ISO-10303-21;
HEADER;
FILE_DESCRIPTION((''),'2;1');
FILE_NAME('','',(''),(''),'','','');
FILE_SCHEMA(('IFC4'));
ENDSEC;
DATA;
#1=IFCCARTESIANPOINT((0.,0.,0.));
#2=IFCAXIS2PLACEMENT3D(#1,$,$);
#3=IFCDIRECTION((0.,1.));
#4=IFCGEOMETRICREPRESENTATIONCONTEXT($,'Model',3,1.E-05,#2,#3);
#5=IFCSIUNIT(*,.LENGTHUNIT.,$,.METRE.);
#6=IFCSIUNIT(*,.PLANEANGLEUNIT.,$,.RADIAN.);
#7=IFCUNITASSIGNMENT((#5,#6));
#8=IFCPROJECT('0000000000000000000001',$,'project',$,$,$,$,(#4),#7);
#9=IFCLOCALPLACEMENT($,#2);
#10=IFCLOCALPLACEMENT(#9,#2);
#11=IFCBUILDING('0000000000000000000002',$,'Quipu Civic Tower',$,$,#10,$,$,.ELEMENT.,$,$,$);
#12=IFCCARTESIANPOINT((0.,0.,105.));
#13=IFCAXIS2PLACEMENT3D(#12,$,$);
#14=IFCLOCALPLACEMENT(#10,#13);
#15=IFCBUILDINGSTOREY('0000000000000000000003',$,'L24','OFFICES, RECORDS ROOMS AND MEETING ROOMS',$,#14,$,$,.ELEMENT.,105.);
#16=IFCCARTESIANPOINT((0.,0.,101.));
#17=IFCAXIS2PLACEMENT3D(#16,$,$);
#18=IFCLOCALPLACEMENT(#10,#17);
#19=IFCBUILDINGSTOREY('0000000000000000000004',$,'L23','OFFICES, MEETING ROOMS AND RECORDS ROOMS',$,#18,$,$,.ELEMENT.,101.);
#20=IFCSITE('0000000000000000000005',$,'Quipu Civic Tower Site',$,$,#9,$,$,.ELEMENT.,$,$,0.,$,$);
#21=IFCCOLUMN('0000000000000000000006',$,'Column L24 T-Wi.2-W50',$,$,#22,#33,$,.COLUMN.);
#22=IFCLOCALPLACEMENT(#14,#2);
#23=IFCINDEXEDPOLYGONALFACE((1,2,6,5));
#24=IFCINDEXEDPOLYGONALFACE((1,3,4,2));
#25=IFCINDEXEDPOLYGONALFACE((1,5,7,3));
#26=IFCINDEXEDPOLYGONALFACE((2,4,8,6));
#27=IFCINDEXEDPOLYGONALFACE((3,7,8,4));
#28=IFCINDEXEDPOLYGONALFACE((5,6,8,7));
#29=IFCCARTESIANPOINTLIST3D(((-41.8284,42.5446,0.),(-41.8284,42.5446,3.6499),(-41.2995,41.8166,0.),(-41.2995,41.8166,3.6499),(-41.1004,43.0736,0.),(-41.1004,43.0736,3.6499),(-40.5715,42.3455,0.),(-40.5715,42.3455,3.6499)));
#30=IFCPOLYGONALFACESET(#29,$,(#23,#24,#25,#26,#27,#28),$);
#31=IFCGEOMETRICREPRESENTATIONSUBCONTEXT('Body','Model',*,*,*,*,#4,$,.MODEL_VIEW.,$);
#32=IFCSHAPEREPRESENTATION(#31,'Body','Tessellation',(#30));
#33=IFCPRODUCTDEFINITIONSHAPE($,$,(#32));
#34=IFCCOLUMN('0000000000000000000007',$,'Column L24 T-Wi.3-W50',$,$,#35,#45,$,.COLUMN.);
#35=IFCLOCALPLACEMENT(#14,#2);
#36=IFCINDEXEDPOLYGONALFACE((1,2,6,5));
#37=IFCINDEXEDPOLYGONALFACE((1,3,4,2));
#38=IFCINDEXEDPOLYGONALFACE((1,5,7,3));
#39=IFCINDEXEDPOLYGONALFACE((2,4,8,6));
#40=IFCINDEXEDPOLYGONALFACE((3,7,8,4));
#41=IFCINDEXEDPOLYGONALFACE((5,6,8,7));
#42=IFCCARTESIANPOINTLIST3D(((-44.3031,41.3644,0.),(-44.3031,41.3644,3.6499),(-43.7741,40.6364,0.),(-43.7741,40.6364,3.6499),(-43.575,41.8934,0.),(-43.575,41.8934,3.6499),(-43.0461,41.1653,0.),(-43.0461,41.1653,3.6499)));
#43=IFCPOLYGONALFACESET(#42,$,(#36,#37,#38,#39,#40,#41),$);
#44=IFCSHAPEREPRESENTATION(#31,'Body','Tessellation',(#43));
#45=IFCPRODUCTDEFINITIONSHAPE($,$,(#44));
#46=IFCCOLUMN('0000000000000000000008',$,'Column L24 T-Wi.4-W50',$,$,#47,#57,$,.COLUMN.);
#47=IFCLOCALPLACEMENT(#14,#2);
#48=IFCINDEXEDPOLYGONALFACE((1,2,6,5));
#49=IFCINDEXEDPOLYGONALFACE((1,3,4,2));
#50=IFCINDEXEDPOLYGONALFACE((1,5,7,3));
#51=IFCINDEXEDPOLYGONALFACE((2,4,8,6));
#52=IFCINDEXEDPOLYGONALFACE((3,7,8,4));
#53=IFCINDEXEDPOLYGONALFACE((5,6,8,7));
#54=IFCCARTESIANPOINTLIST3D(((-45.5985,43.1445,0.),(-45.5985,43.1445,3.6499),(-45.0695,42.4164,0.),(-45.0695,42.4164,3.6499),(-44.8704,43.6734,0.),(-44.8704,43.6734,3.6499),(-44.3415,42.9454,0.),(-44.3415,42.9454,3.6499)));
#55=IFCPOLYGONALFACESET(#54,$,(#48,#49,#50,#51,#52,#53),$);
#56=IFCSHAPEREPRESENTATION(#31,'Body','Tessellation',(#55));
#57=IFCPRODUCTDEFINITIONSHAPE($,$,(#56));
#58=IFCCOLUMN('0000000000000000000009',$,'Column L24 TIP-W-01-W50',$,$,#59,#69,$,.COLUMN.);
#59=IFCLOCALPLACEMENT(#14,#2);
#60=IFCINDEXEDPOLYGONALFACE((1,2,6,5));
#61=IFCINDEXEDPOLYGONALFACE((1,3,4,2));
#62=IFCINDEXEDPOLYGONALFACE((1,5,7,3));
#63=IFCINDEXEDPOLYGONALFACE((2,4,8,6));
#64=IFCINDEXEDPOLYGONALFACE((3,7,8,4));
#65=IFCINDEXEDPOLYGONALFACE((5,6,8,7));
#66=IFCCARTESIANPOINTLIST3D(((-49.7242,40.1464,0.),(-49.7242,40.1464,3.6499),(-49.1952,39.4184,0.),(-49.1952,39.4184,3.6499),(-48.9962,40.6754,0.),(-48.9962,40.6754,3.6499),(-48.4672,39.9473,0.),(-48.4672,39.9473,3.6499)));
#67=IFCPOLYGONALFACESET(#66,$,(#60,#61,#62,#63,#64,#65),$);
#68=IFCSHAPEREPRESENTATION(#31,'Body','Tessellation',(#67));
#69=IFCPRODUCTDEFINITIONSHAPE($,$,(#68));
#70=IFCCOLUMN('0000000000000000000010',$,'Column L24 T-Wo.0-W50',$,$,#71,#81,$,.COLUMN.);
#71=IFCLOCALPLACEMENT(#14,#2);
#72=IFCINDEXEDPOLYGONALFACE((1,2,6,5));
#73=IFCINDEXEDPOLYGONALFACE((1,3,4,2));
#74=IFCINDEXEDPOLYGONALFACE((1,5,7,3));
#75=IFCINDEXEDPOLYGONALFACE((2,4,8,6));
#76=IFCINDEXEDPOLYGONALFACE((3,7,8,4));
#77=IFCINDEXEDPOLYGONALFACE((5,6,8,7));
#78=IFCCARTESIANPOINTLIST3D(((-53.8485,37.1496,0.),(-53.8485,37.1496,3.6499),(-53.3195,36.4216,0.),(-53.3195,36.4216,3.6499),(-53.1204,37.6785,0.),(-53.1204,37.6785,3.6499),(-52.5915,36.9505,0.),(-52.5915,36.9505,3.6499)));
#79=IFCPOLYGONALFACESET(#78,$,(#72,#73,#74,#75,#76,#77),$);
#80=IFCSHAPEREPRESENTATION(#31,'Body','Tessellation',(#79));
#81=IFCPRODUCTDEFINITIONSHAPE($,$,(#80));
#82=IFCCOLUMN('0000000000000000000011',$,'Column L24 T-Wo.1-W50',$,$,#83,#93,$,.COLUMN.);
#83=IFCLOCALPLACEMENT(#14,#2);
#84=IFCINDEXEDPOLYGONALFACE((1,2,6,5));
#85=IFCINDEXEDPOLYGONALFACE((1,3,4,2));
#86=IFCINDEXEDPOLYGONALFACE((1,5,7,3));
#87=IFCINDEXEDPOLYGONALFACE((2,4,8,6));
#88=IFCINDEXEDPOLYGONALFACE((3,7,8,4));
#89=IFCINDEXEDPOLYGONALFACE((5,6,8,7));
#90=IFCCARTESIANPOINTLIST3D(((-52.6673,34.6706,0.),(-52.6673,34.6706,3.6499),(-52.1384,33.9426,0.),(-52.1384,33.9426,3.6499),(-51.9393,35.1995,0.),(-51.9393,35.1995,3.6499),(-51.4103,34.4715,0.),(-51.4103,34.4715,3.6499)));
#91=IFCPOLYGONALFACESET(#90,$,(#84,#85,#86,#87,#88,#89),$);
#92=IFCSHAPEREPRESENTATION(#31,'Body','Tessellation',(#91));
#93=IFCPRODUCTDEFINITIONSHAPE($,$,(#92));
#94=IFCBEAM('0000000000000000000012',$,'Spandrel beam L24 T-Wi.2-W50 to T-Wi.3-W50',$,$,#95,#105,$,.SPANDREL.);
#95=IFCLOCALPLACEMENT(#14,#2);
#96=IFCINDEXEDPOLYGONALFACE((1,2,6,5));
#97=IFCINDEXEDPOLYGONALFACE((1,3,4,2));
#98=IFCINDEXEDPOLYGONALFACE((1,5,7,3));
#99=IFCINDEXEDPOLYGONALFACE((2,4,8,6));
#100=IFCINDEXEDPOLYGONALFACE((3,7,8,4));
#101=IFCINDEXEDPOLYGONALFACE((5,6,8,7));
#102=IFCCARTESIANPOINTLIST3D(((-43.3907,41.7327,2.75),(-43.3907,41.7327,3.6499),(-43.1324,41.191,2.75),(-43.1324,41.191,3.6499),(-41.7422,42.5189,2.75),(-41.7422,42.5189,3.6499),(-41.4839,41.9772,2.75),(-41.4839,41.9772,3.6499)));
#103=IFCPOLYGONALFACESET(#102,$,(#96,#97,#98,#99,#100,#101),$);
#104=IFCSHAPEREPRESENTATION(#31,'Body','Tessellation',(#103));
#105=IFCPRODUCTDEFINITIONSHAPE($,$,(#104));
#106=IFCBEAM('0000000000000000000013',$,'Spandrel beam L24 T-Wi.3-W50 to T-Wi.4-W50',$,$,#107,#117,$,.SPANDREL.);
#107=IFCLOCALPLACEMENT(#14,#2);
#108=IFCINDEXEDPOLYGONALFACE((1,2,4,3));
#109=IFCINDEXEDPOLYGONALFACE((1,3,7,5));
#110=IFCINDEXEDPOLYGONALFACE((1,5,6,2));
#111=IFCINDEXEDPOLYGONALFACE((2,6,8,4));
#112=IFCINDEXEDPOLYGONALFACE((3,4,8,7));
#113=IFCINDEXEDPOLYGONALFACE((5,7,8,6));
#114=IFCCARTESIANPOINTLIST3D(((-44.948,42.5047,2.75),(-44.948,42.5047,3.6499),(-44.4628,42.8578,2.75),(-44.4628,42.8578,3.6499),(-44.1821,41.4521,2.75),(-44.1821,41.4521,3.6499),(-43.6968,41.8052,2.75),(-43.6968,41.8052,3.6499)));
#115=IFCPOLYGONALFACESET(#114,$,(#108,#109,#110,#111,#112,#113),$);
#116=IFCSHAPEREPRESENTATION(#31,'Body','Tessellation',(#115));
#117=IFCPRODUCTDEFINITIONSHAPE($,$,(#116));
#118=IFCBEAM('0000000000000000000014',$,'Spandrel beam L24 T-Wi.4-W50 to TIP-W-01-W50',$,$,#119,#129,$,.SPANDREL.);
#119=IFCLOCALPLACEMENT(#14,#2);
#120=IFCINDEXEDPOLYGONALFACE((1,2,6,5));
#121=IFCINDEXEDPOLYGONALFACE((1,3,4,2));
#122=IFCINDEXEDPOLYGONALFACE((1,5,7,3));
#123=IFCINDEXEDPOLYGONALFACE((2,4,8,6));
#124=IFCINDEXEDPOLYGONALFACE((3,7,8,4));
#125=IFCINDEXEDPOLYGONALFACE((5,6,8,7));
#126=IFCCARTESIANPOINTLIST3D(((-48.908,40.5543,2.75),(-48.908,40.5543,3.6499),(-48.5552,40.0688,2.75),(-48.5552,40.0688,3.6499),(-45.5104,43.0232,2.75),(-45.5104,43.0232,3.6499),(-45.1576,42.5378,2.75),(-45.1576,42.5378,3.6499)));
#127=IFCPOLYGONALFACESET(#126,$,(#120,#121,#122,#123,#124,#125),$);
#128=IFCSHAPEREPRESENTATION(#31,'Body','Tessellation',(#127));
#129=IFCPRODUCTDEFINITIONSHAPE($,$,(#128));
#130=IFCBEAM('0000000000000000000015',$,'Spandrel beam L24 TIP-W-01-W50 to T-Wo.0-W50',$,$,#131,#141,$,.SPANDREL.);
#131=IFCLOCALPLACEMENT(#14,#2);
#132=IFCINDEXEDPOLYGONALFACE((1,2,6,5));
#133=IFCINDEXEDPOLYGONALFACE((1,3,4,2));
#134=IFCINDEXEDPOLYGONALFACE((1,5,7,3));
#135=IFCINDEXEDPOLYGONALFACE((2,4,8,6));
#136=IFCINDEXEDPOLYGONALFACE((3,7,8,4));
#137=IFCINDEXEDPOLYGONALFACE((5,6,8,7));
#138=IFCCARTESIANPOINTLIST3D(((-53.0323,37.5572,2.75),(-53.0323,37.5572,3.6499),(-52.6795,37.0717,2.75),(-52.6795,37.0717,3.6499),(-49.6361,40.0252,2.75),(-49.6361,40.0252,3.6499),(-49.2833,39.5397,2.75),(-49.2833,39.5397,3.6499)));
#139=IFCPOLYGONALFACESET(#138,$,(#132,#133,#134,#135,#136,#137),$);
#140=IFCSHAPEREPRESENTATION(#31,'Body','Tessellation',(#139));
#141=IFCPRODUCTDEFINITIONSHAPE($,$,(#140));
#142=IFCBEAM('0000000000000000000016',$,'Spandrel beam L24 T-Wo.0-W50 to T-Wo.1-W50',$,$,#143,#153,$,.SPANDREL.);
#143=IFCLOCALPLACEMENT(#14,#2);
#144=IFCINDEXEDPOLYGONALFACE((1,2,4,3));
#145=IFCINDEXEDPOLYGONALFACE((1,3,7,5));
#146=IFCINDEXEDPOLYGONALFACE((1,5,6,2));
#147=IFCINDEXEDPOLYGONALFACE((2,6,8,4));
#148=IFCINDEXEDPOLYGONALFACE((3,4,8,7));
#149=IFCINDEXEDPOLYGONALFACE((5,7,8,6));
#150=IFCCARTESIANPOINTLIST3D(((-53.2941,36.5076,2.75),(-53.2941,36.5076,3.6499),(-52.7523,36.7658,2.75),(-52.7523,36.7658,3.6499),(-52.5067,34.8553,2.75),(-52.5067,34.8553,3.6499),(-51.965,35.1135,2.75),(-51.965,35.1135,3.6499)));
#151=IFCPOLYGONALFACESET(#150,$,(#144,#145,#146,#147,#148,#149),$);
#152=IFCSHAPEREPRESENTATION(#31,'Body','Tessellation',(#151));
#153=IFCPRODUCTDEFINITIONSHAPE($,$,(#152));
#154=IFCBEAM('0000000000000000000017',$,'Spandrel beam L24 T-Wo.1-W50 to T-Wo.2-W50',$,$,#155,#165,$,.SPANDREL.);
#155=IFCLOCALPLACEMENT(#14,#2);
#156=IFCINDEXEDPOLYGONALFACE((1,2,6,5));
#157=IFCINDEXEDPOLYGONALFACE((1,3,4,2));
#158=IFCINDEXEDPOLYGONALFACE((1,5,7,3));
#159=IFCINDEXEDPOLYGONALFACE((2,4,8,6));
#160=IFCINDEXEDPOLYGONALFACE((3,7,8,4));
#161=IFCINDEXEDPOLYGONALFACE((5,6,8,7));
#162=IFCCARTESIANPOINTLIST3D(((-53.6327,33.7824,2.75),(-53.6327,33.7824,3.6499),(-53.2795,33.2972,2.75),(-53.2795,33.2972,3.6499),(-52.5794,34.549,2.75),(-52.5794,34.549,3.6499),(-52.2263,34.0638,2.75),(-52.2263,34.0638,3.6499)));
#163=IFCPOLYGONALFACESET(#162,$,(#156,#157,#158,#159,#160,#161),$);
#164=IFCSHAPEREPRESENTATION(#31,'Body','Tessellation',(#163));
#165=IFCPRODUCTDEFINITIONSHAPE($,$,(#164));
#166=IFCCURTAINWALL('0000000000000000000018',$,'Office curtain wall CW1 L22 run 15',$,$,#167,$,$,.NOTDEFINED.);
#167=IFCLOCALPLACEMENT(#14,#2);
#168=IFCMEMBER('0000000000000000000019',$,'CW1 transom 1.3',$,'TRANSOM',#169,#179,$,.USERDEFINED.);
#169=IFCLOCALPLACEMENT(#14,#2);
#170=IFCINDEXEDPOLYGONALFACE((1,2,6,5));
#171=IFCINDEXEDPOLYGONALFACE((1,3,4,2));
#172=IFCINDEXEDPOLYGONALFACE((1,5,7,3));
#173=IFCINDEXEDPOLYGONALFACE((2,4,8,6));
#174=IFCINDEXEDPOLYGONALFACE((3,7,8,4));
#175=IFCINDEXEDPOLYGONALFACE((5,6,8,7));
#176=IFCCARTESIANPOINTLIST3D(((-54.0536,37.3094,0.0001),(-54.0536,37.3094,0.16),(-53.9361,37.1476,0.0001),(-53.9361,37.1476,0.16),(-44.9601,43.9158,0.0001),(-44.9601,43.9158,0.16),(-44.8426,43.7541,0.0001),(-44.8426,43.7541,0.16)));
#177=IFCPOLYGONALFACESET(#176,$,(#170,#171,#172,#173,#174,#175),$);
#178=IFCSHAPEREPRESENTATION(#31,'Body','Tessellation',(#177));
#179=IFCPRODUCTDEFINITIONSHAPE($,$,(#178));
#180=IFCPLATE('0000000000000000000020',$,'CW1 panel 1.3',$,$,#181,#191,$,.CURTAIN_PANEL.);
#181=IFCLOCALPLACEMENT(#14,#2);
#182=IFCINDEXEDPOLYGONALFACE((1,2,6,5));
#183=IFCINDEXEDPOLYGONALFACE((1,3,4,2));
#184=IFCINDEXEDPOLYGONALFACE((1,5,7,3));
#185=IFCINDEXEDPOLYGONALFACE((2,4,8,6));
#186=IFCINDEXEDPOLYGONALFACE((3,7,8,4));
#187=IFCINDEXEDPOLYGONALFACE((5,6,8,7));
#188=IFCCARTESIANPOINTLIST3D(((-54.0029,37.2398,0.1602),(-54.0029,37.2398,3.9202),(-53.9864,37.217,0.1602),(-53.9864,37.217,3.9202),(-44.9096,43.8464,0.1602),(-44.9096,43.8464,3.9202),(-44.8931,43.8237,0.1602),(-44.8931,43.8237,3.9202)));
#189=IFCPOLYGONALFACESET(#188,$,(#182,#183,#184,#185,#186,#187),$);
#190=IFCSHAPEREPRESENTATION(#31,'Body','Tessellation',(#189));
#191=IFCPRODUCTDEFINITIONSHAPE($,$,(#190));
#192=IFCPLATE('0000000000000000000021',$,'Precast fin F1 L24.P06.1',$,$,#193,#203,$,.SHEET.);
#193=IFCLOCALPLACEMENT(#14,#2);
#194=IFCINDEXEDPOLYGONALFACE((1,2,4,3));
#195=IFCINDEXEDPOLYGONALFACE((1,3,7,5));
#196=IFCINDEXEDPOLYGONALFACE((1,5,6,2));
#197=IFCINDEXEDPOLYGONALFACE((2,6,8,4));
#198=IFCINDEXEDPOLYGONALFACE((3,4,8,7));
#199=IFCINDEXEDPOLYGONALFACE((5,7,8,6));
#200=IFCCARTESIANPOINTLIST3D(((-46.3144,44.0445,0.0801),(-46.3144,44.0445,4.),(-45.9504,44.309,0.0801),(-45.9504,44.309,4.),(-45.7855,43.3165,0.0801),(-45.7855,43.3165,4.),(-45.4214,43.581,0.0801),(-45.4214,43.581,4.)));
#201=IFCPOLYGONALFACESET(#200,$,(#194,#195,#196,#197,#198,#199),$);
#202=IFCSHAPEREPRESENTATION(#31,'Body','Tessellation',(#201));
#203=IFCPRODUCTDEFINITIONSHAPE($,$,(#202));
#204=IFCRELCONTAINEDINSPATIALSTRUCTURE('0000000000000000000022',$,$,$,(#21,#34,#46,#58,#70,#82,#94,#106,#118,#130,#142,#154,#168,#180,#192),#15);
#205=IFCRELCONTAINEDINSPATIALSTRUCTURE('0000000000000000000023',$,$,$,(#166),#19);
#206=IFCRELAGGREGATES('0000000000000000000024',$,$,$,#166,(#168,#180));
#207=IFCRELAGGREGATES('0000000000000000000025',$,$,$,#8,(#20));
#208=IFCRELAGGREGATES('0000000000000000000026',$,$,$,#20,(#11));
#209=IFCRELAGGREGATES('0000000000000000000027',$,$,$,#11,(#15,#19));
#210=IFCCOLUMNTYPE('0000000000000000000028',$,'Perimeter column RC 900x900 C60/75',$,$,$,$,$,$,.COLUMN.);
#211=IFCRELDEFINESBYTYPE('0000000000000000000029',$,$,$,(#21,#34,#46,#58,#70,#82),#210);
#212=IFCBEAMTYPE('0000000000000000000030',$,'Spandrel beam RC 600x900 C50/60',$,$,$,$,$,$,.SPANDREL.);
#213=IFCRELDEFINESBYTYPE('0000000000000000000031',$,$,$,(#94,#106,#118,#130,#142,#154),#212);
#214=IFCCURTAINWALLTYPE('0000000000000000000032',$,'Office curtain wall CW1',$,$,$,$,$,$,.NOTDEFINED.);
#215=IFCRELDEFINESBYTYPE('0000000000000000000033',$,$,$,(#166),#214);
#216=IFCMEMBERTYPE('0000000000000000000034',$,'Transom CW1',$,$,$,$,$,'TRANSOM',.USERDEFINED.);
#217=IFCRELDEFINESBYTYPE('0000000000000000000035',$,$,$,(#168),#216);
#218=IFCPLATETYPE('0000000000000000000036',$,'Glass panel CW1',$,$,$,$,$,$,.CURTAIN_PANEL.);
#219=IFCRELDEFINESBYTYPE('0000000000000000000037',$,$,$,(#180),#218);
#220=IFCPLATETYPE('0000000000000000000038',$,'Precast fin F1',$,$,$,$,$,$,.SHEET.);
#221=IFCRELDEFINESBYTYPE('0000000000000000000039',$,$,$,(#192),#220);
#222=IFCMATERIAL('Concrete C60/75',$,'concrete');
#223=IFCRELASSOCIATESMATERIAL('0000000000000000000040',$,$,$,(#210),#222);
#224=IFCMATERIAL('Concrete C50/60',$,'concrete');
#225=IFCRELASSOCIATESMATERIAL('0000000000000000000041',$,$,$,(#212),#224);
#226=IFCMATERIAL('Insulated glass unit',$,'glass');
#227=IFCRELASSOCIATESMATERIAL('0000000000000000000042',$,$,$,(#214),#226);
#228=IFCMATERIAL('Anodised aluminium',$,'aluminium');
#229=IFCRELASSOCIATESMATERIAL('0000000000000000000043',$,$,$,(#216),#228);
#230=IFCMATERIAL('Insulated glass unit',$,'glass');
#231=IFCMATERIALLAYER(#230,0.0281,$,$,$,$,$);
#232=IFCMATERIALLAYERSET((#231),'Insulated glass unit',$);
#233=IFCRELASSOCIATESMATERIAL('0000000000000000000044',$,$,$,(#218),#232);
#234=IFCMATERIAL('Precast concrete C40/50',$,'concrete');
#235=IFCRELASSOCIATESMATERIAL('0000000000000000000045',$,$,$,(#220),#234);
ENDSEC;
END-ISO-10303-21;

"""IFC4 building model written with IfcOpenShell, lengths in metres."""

from ifc_helpers import new_model, si_unit, direction, frame, origin, origin_2d, place, context, subcontext, project, spatial, rectangle, extrude, material, layer, layer_set, material_profile, profile_set, type_object, element, aggregate, save


model = new_model("IFC4")

# Units and contexts
model_context = context("Model", 3, precision=1e-05, world=origin(), true_north=direction((0.0, 1.0)))
body_context = subcontext(model_context, "Body", "Model", "MODEL_VIEW")
ifc_project = project(units=[si_unit("LENGTHUNIT", "METRE"), si_unit("PLANEANGLEUNIT", "RADIAN")], contexts=[model_context])

# Site, building, storey
site_placement = place(None, origin())
site = spatial("IfcSite", under=ifc_project, at=site_placement, Name="Quipu Civic Tower Site", CompositionType="ELEMENT", RefElevation=0.0)
building_placement = place(site_placement, origin())
building = spatial("IfcBuilding", under=site, at=building_placement, Name="Quipu Civic Tower", CompositionType="ELEMENT")
storey_1_placement = place(building_placement, frame((0.0, 0.0, 105.0)))
storey_1 = spatial("IfcBuildingStorey", under=building, at=storey_1_placement, Name="L24", Description="OFFICES, RECORDS ROOMS AND MEETING ROOMS", CompositionType="ELEMENT", Elevation=105.0)

# Columns
ifc_material_1 = material(Name="Concrete C60/75", Category="concrete")
ifc_material_profile_1 = material_profile(ifc_material_1, rectangle(XDim=0.8999, YDim=0.8999, at=origin_2d()), Name="RC900x900")
ifc_profile_set_1 = profile_set([ifc_material_profile_1], Name="Concrete C60/75")
column_type = type_object("IfcColumnType", Name="Perimeter column RC 900x900 C60/75", PredefinedType="COLUMN", material=ifc_profile_set_1)
for number, where, z_axis, x_axis, name in (
    (1, (-41.2, 42.4451, 0.0), (0.0, 0.0, 1.0), (-0.587785, 0.809017, 0.0), "Column L24 T-Wi.2-W50"),
    (2, (-43.6746, 41.2649, 0.0), (0.0, 0.0, 1.0), (-0.809017, -0.587785, 0.0), "Column L24 T-Wi.3-W50"),
    (3, (-44.97, 43.0449, 0.0), (0.0, 0.0, 1.0), (-0.809017, -0.587785, 0.0), "Column L24 T-Wi.4-W50"),
    (4, (-49.0957, 40.0469, 0.0), (0.0, 0.0, 1.0), (-0.809017, -0.587785, 0.0), "Column L24 TIP-W-01-W50"),
    (5, (-53.22, 37.05, 0.0), (0.0, 0.0, 1.0), (0.587785, -0.809017, 0.0), "Column L24 T-Wo.0-W50"),
    (6, (-52.0388, 34.571, 0.0), (0.0, 0.0, 1.0), (-0.809017, -0.587785, 0.0), "Column L24 T-Wo.1-W50"),
):
    element("IfcColumn", number, at=place(storey_1_placement, frame(where, z_axis=z_axis, x_axis=x_axis)), inside=storey_1, type_object=column_type, Name=name, PredefinedType="COLUMN", context=body_context, shape_type="SweptSolid", body=[
        extrude(rectangle(XDim=0.8999, YDim=0.8999, at=origin_2d()), origin(), (0.0, 0.0, 1.0), 3.6499),
    ])

# Beams
ifc_material_2 = material(Name="Concrete C50/60", Category="concrete")
ifc_material_profile_2 = material_profile(ifc_material_2, rectangle(XDim=0.6001, YDim=0.8999, at=origin_2d()), Name="RC600x900")
ifc_profile_set_2 = profile_set([ifc_material_profile_2], Name="Concrete C50/60")
beam_type = type_object("IfcBeamType", Name="Spandrel beam RC 600x900 C50/60", PredefinedType="SPANDREL", material=ifc_profile_set_2)
beam_1_placement = place(storey_1_placement, frame((-41.613, 42.248, 3.2), z_axis=(-0.902613, -0.430452, 0.0), x_axis=(0.430452, -0.902613, 0.0)))
element("IfcBeam", 7, at=beam_1_placement, inside=storey_1, type_object=beam_type, Name="Spandrel beam L24 T-Wi.2-W50 to T-Wi.3-W50", PredefinedType="SPANDREL", context=body_context, shape_type="SweptSolid", body=[
    extrude(rectangle(XDim=0.6001, YDim=0.8999, at=origin_2d()), origin(), (0.0, 0.0, 1.0), 1.8264),
])
beam_2_placement = place(storey_1_placement, frame((-43.9395, 41.6287, 3.2), z_axis=(-0.588384, 0.808582, 0.0), x_axis=(-0.808582, -0.588384, 0.0)))
element("IfcBeam", 8, at=beam_2_placement, inside=storey_1, type_object=beam_type, Name="Spandrel beam L24 T-Wi.3-W50 to T-Wi.4-W50", PredefinedType="SPANDREL", context=body_context, shape_type="SweptSolid", body=[
    extrude(rectangle(XDim=0.6001, YDim=0.8999, at=origin_2d()), origin(), (0.0, 0.0, 1.0), 1.3018),
])
beam_3_placement = place(storey_1_placement, frame((-45.334, 42.7805, 3.2), z_axis=(-0.80897, -0.58785, 0.0), x_axis=(0.58785, -0.80897, 0.0)))
element("IfcBeam", 9, at=beam_3_placement, inside=storey_1, type_object=beam_type, Name="Spandrel beam L24 T-Wi.4-W50 to TIP-W-01-W50", PredefinedType="SPANDREL", context=body_context, shape_type="SweptSolid", body=[
    extrude(rectangle(XDim=0.6001, YDim=0.8999, at=origin_2d()), origin(), (0.0, 0.0, 1.0), 4.2),
])
beam_4_placement = place(storey_1_placement, frame((-49.4597, 39.7825, 3.2), z_axis=(-0.80896, -0.587864, 0.0), x_axis=(0.587864, -0.80896, 0.0)))
element("IfcBeam", 10, at=beam_4_placement, inside=storey_1, type_object=beam_type, Name="Spandrel beam L24 TIP-W-01-W50 to T-Wo.0-W50", PredefinedType="SPANDREL", context=body_context, shape_type="SweptSolid", body=[
    extrude(rectangle(XDim=0.6001, YDim=0.8999, at=origin_2d()), origin(), (0.0, 0.0, 1.0), 4.1982),
])
beam_5_placement = place(storey_1_placement, frame((-53.0232, 36.6367, 3.2), z_axis=(0.430167, -0.90275, 0.0), x_axis=(0.90275, 0.430167, 0.0)))
element("IfcBeam", 11, at=beam_5_placement, inside=storey_1, type_object=beam_type, Name="Spandrel beam L24 T-Wo.0-W50 to T-Wo.1-W50", PredefinedType="SPANDREL", context=body_context, shape_type="SweptSolid", body=[
    extrude(rectangle(XDim=0.6001, YDim=0.8999, at=origin_2d()), origin(), (0.0, 0.0, 1.0), 1.8303),
])
beam_6_placement = place(storey_1_placement, frame((-52.4028, 34.3064, 3.2), z_axis=(-0.808509, -0.588484, 0.0), x_axis=(0.588484, -0.808509, 0.0)))
element("IfcBeam", 12, at=beam_6_placement, inside=storey_1, type_object=beam_type, Name="Spandrel beam L24 T-Wo.1-W50 to T-Wo.2-W50", PredefinedType="SPANDREL", context=body_context, shape_type="SweptSolid", body=[
    extrude(rectangle(XDim=0.6001, YDim=0.8999, at=origin_2d()), origin(), (0.0, 0.0, 1.0), 1.3027),
])

# Shared definitions
storey_2_placement = place(building_placement, frame((0.0, 0.0, 101.0)))
storey_2 = spatial("IfcBuildingStorey", under=building, at=storey_2_placement, Name="L23", Description="OFFICES, MEETING ROOMS AND RECORDS ROOMS", CompositionType="ELEMENT", Elevation=101.0)

# Curtain wall, member, plate
ifc_material_3 = material(Name="Insulated glass unit", Category="glass")
curtain_wall_type = type_object("IfcCurtainWallType", Name="Office curtain wall CW1", PredefinedType="NOTDEFINED", material=ifc_material_3)
curtain_wall_placement = place(storey_2_placement, origin())
curtain_wall = element("IfcCurtainWall", 13, at=curtain_wall_placement, inside=storey_2, type_object=curtain_wall_type, Name="Office curtain wall CW1 L22 run 15", PredefinedType="NOTDEFINED")
ifc_material_4 = material(Name="Anodised aluminium", Category="aluminium")
ifc_material_profile_3 = material_profile(ifc_material_4, rectangle(XDim=0.2, YDim=0.1599, at=origin_2d()), Name="RECT 200x160")
ifc_profile_set_3 = profile_set([ifc_material_profile_3], Name="Anodised aluminium")
member_type = type_object("IfcMemberType", Name="Transom CW1", ElementType="TRANSOM", PredefinedType="USERDEFINED", material=ifc_profile_set_3)
member_placement = place(storey_1_placement, frame((-44.9014, 43.835, 0.0801), z_axis=(-0.809033, -0.587764, 0.0), x_axis=(0.587764, -0.809033, 0.0)))
member = element("IfcMember", 14, at=member_placement, inside=storey_1, type_object=member_type, Name="CW1 transom 1.3", ObjectType="TRANSOM", PredefinedType="USERDEFINED", context=body_context, shape_type="SweptSolid", body=[
    extrude(rectangle(XDim=0.2, YDim=0.1599, at=origin_2d()), origin(), (0.0, 0.0, 1.0), 11.24),
])
ifc_material_5 = material(Name="Insulated glass unit", Category="glass")
ifc_layer_1 = layer(ifc_material_5, 0.0281)
ifc_layer_set_1 = layer_set([ifc_layer_1], Name="Insulated glass unit")
plate_type_1 = type_object("IfcPlateType", Name="Glass panel CW1", PredefinedType="CURTAIN_PANEL", material=ifc_layer_set_1)
plate_placement = place(storey_1_placement, frame((-49.448, 40.5317, 0.1602), z_axis=(0.0, 0.0, 1.0), x_axis=(-0.809019, -0.587782, 0.0)))
plate = element("IfcPlate", 15, at=plate_placement, inside=storey_1, type_object=plate_type_1, Name="CW1 panel 1.3", PredefinedType="CURTAIN_PANEL", context=body_context, shape_type="SweptSolid", body=[
    extrude(rectangle(XDim=11.24, YDim=0.0281, at=origin_2d()), origin(), (0.0, 0.0, 1.0), 3.76),
])
aggregate(curtain_wall, [member, plate])

# Plate
ifc_material_6 = material(Name="Precast concrete C40/50", Category="concrete")
plate_type_2 = type_object("IfcPlateType", Name="Precast fin F1", PredefinedType="SHEET", material=ifc_material_6)
for number, where, z_axis, x_axis, name in (
    (16, (-45.8679, 43.8127, 0.0801), (0.0, 0.0, 1.0), (-0.809021, -0.587779, 0.0), "Precast fin F1 L24.P06.1"),
):
    element("IfcPlate", number, at=place(storey_1_placement, frame(where, z_axis=z_axis, x_axis=x_axis)), inside=storey_1, type_object=plate_type_2, Name=name, PredefinedType="SHEET", context=body_context, shape_type="SweptSolid", body=[
        extrude(rectangle(XDim=0.45, YDim=0.8999, at=origin_2d()), origin(), (0.0, 0.0, 1.0), 3.9199),
    ])

save(model, "model.ifc")
